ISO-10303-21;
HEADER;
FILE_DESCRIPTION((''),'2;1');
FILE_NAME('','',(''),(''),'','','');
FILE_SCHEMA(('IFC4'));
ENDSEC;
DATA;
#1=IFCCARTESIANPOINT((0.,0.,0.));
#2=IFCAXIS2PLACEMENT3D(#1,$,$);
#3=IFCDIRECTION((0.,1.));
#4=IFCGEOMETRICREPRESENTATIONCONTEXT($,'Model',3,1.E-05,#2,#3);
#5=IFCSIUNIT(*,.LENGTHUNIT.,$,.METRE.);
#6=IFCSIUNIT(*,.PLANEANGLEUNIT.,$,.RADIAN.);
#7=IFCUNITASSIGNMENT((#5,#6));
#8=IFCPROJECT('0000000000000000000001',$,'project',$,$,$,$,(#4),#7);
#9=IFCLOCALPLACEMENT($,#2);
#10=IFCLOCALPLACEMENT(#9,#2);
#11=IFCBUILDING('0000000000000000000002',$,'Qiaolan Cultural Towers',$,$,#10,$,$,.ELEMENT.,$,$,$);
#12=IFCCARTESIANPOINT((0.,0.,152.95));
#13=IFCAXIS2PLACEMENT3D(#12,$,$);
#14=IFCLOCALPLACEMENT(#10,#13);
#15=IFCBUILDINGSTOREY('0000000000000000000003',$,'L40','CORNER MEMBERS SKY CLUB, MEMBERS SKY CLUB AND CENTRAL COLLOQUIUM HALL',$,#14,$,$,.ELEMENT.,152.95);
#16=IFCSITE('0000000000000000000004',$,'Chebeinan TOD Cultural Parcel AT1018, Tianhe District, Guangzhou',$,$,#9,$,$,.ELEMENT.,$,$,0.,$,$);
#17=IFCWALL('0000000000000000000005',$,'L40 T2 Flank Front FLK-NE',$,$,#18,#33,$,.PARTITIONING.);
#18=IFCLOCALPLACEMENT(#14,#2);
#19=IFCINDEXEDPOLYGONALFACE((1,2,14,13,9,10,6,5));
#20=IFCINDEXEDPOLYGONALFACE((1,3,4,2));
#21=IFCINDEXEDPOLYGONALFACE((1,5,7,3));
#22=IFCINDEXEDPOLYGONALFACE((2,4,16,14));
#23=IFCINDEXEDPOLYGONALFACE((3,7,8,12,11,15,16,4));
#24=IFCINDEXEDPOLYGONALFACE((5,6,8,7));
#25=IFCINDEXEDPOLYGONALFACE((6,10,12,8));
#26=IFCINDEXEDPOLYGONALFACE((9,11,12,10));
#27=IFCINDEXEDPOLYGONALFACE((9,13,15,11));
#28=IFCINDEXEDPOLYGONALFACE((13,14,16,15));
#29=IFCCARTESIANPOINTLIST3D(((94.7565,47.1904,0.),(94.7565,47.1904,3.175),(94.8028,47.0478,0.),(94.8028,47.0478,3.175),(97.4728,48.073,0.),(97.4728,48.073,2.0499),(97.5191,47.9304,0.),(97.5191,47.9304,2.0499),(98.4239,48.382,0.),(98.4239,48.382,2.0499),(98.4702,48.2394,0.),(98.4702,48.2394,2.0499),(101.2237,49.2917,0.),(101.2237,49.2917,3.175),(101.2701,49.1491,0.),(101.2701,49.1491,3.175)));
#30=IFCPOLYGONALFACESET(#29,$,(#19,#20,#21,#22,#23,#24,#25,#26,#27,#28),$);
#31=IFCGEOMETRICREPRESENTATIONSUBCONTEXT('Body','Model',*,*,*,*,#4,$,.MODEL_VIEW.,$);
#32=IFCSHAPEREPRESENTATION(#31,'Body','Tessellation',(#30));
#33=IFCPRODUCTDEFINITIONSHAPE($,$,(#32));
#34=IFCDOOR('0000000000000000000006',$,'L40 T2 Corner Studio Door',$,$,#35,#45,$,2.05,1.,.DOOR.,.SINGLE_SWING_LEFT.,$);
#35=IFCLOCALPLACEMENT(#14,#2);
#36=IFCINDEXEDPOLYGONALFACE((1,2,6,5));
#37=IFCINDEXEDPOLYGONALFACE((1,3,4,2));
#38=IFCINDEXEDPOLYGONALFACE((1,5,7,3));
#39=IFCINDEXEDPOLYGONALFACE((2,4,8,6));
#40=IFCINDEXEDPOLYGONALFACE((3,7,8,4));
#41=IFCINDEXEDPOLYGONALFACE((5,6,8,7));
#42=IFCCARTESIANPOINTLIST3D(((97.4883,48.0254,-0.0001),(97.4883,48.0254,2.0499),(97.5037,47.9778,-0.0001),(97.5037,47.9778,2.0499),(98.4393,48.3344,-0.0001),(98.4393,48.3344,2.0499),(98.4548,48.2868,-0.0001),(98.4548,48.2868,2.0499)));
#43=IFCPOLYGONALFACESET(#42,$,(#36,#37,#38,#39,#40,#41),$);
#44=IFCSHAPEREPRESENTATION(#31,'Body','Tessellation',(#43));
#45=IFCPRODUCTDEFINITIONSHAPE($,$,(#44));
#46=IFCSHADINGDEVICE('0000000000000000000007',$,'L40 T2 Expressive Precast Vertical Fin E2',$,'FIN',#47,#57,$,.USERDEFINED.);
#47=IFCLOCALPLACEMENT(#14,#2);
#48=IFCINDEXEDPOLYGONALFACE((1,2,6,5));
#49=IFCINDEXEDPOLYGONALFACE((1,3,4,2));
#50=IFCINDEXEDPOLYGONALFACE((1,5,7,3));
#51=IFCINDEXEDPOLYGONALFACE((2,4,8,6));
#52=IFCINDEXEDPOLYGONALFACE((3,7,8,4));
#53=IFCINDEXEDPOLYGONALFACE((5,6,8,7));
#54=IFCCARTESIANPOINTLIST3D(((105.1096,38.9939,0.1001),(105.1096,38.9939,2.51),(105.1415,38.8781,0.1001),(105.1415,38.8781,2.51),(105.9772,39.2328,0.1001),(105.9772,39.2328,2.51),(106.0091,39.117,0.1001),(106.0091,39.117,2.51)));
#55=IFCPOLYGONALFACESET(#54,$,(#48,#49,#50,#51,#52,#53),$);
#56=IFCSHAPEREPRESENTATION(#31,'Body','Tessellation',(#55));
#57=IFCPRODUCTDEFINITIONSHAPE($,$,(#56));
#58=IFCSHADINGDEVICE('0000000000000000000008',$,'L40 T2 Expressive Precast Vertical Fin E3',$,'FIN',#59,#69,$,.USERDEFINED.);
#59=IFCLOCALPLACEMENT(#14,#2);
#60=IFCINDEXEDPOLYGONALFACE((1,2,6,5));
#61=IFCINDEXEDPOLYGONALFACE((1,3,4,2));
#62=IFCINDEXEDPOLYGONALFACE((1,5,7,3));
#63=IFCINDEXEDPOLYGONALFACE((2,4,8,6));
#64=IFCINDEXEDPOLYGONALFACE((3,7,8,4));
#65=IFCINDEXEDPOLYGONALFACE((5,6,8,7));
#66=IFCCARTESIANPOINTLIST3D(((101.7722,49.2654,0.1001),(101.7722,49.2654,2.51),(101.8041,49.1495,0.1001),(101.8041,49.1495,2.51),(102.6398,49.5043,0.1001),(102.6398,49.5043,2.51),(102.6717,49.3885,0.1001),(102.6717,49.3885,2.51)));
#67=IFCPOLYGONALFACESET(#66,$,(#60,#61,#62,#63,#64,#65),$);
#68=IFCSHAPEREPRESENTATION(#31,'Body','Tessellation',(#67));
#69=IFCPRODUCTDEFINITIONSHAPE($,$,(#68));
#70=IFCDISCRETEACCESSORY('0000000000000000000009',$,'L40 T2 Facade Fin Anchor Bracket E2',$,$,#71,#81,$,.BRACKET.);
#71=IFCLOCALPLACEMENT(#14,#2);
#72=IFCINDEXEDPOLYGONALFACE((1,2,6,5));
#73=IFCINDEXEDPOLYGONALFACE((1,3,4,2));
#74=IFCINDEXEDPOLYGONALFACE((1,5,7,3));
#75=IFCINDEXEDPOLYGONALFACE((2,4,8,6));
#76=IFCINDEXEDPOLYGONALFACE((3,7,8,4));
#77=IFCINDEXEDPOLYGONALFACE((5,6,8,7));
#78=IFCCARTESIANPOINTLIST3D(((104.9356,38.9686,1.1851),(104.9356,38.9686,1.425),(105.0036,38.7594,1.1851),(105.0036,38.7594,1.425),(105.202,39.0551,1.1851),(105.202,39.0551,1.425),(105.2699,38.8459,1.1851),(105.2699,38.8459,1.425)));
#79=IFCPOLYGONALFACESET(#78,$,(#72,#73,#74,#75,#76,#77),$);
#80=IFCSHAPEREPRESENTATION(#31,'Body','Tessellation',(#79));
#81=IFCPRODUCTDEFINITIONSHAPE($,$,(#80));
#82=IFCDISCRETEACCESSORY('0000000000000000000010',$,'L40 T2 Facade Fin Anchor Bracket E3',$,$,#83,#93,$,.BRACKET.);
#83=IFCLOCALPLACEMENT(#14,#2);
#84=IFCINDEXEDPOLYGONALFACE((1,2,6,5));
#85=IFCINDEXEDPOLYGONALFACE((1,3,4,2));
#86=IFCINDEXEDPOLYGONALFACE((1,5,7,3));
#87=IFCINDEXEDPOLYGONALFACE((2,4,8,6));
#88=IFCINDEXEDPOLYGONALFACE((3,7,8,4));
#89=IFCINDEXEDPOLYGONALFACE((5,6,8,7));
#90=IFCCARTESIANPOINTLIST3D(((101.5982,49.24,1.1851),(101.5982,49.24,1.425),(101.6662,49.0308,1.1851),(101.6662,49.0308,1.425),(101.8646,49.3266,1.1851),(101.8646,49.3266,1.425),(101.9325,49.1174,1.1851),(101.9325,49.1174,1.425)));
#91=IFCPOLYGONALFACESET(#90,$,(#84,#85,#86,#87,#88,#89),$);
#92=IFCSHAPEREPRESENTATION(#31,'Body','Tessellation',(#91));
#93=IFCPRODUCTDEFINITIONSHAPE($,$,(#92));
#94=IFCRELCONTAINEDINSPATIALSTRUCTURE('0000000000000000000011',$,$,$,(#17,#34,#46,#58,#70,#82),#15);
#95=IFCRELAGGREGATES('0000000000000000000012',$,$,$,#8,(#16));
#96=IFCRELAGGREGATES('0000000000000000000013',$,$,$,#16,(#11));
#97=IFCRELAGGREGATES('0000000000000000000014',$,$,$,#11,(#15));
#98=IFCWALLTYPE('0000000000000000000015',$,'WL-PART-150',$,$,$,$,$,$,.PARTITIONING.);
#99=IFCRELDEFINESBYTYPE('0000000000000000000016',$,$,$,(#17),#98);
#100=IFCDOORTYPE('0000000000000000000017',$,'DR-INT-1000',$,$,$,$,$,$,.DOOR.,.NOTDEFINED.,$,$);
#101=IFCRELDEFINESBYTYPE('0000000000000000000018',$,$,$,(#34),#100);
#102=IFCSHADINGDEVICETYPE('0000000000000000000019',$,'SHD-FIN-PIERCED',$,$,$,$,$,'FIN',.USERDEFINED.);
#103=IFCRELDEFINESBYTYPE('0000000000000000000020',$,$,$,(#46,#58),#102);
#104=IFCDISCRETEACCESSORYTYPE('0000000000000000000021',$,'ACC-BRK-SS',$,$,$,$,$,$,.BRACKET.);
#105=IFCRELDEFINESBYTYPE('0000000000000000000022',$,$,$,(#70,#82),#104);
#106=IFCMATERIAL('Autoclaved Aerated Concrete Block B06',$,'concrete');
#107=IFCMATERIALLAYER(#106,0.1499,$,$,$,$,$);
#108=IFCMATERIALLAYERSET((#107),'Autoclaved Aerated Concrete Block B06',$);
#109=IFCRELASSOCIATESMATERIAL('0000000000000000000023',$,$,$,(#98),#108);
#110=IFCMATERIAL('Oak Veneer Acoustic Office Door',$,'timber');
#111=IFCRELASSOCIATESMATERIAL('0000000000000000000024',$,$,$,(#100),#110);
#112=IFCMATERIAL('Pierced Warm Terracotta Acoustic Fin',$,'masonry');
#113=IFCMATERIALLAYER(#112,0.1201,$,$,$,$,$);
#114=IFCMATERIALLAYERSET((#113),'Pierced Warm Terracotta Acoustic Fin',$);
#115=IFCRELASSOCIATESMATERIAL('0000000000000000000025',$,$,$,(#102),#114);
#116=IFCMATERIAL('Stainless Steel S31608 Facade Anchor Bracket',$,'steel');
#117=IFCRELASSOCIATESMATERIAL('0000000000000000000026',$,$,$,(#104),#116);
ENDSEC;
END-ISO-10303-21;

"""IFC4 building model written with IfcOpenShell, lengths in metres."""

from ifc_helpers import new_model, si_unit, direction, frame, frame_2d, origin, origin_2d, place, context, subcontext, project, spatial, rectangle, extrude, material, layer, layer_set, type_object, element, fill, save


model = new_model("IFC4")

# Units and contexts
model_context = context("Model", 3, precision=1e-05, world=origin(), true_north=direction((0.0, 1.0)))
body_context = subcontext(model_context, "Body", "Model", "MODEL_VIEW")
ifc_project = project(units=[si_unit("LENGTHUNIT", "METRE"), si_unit("PLANEANGLEUNIT", "RADIAN")], contexts=[model_context])

# Site, building, storey
site_placement = place(None, origin())
site = spatial("IfcSite", under=ifc_project, at=site_placement, Name="Chebeinan TOD Cultural Parcel AT1018, Tianhe District, Guangzhou", CompositionType="ELEMENT", RefElevation=0.0)
building_placement = place(site_placement, origin())
building = spatial("IfcBuilding", under=site, at=building_placement, Name="Qiaolan Cultural Towers", CompositionType="ELEMENT")
storey_placement = place(building_placement, frame((0.0, 0.0, 152.95)))
storey = spatial("IfcBuildingStorey", under=building, at=storey_placement, Name="L40", Description="CORNER MEMBERS SKY CLUB, MEMBERS SKY CLUB AND CENTRAL COLLOQUIUM HALL", CompositionType="ELEMENT", Elevation=152.95)

# Shared definitions
ifc_material_1 = material(Name="Autoclaved Aerated Concrete Block B06", Category="concrete")
ifc_layer_1 = layer(ifc_material_1, 0.1499)
ifc_layer_set_1 = layer_set([ifc_layer_1], Name="Autoclaved Aerated Concrete Block B06")
wall_type_1 = type_object("IfcWallType", Name="WL-PART-150", PredefinedType="PARTITIONING", material=ifc_layer_set_1)

# Wall, opening, door
wall_1_placement = place(storey_placement, frame((94.7798, 47.1191, 0.0), z_axis=(0.0, 0.0, 1.0), x_axis=(0.951058, 0.309013, 0.0)))
wall_1 = element("IfcWall", 1, at=wall_1_placement, inside=storey, type_object=wall_type_1, Name="L40 T2 Flank Front FLK-NE", PredefinedType="PARTITIONING", context=body_context, shape_type="SweptSolid", body=[
    extrude(rectangle(XDim=6.8, YDim=0.1499, at=frame_2d((3.3999, 0.0))), origin(), (0.0, 0.0, 1.0), 3.175),
])
opening_1_placement = place(wall_1_placement, frame((2.856, 0.0, 0.0)))
opening_1 = element("IfcOpeningElement", 2, at=opening_1_placement, cuts=wall_1, PredefinedType="OPENING", context=body_context, shape_type="SweptSolid", body=[
    extrude(rectangle(XDim=1.0, YDim=2.05, at=frame_2d((0.5, 1.0249))), frame((0.0, 0.085, 0.0), z_axis=(0.0, -1.0, 0.0), x_axis=(1.0, 0.0, 0.0)), (0.0, 0.0, 1.0), 0.1699),
])
ifc_material_2 = material(Name="Oak Veneer Acoustic Office Door", Category="timber")
door_type_1 = type_object("IfcDoorType", Name="DR-INT-1000", OperationType="NOTDEFINED", PredefinedType="DOOR", material=ifc_material_2)
door_1_placement = place(opening_1_placement, origin())
door_1 = element("IfcDoor", 3, at=door_1_placement, inside=storey, type_object=door_type_1, Name="L40 T2 Corner Studio Door", OperationType="SINGLE_SWING_LEFT", OverallHeight=2.05, OverallWidth=1.0, PredefinedType="DOOR", context=body_context, shape_type="SweptSolid", body=[
    extrude(rectangle(XDim=1.0, YDim=2.05, at=frame_2d((0.5, 1.0249))), frame((0.0, 0.0249, 0.0), z_axis=(0.0, -1.0, 0.0), x_axis=(1.0, 0.0, 0.0)), (0.0, 0.0, 1.0), 0.05),
])
fill(opening_1, door_1)

# Shading devices
ifc_material_3 = material(Name="Pierced Warm Terracotta Acoustic Fin", Category="masonry")
ifc_layer_2 = layer(ifc_material_3, 0.1201)
ifc_layer_set_2 = layer_set([ifc_layer_2], Name="Pierced Warm Terracotta Acoustic Fin")
shading_device_type = type_object("IfcShadingDeviceType", Name="SHD-FIN-PIERCED", ElementType="FIN", PredefinedType="USERDEFINED", material=ifc_layer_set_2)
for number, where, z_axis, x_axis, name in (
    (4, (105.5593, 39.0554, 0.1001), (0.0, 0.0, 1.0), (0.964117, 0.265477, 0.0), "L40 T2 Expressive Precast Vertical Fin E2"),
    (5, (102.2219, 49.3269, 0.1001), (0.0, 0.0, 1.0), (0.964117, 0.265477, 0.0), "L40 T2 Expressive Precast Vertical Fin E3"),
):
    element("IfcShadingDevice", number, at=place(storey_placement, frame(where, z_axis=z_axis, x_axis=x_axis)), inside=storey, type_object=shading_device_type, Name=name, ObjectType="FIN", PredefinedType="USERDEFINED", context=body_context, shape_type="SweptSolid", body=[
        extrude(rectangle(XDim=0.8999, YDim=0.1201, at=origin_2d()), origin(), (0.0, 0.0, 1.0), 2.4099),
    ])

# Discrete accessories
ifc_material_4 = material(Name="Stainless Steel S31608 Facade Anchor Bracket", Category="steel")
discrete_accessory_type = type_object("IfcDiscreteAccessoryType", Name="ACC-BRK-SS", PredefinedType="BRACKET", material=ifc_material_4)
for number, where, z_axis, x_axis, name in (
    (6, (105.1028, 38.9072, 1.1851), (0.0, 0.0, 1.0), (0.951057, 0.309017, 0.0), "L40 T2 Facade Fin Anchor Bracket E2"),
    (7, (101.7654, 49.1787, 1.1851), (0.0, 0.0, 1.0), (0.951057, 0.309017, 0.0), "L40 T2 Facade Fin Anchor Bracket E3"),
):
    element("IfcDiscreteAccessory", number, at=place(storey_placement, frame(where, z_axis=z_axis, x_axis=x_axis)), inside=storey, type_object=discrete_accessory_type, Name=name, PredefinedType="BRACKET", context=body_context, shape_type="SweptSolid", body=[
        extrude(rectangle(XDim=0.28, YDim=0.22, at=origin_2d()), origin(), (0.0, 0.0, 1.0), 0.24),
    ])

save(model, "model.ifc")
